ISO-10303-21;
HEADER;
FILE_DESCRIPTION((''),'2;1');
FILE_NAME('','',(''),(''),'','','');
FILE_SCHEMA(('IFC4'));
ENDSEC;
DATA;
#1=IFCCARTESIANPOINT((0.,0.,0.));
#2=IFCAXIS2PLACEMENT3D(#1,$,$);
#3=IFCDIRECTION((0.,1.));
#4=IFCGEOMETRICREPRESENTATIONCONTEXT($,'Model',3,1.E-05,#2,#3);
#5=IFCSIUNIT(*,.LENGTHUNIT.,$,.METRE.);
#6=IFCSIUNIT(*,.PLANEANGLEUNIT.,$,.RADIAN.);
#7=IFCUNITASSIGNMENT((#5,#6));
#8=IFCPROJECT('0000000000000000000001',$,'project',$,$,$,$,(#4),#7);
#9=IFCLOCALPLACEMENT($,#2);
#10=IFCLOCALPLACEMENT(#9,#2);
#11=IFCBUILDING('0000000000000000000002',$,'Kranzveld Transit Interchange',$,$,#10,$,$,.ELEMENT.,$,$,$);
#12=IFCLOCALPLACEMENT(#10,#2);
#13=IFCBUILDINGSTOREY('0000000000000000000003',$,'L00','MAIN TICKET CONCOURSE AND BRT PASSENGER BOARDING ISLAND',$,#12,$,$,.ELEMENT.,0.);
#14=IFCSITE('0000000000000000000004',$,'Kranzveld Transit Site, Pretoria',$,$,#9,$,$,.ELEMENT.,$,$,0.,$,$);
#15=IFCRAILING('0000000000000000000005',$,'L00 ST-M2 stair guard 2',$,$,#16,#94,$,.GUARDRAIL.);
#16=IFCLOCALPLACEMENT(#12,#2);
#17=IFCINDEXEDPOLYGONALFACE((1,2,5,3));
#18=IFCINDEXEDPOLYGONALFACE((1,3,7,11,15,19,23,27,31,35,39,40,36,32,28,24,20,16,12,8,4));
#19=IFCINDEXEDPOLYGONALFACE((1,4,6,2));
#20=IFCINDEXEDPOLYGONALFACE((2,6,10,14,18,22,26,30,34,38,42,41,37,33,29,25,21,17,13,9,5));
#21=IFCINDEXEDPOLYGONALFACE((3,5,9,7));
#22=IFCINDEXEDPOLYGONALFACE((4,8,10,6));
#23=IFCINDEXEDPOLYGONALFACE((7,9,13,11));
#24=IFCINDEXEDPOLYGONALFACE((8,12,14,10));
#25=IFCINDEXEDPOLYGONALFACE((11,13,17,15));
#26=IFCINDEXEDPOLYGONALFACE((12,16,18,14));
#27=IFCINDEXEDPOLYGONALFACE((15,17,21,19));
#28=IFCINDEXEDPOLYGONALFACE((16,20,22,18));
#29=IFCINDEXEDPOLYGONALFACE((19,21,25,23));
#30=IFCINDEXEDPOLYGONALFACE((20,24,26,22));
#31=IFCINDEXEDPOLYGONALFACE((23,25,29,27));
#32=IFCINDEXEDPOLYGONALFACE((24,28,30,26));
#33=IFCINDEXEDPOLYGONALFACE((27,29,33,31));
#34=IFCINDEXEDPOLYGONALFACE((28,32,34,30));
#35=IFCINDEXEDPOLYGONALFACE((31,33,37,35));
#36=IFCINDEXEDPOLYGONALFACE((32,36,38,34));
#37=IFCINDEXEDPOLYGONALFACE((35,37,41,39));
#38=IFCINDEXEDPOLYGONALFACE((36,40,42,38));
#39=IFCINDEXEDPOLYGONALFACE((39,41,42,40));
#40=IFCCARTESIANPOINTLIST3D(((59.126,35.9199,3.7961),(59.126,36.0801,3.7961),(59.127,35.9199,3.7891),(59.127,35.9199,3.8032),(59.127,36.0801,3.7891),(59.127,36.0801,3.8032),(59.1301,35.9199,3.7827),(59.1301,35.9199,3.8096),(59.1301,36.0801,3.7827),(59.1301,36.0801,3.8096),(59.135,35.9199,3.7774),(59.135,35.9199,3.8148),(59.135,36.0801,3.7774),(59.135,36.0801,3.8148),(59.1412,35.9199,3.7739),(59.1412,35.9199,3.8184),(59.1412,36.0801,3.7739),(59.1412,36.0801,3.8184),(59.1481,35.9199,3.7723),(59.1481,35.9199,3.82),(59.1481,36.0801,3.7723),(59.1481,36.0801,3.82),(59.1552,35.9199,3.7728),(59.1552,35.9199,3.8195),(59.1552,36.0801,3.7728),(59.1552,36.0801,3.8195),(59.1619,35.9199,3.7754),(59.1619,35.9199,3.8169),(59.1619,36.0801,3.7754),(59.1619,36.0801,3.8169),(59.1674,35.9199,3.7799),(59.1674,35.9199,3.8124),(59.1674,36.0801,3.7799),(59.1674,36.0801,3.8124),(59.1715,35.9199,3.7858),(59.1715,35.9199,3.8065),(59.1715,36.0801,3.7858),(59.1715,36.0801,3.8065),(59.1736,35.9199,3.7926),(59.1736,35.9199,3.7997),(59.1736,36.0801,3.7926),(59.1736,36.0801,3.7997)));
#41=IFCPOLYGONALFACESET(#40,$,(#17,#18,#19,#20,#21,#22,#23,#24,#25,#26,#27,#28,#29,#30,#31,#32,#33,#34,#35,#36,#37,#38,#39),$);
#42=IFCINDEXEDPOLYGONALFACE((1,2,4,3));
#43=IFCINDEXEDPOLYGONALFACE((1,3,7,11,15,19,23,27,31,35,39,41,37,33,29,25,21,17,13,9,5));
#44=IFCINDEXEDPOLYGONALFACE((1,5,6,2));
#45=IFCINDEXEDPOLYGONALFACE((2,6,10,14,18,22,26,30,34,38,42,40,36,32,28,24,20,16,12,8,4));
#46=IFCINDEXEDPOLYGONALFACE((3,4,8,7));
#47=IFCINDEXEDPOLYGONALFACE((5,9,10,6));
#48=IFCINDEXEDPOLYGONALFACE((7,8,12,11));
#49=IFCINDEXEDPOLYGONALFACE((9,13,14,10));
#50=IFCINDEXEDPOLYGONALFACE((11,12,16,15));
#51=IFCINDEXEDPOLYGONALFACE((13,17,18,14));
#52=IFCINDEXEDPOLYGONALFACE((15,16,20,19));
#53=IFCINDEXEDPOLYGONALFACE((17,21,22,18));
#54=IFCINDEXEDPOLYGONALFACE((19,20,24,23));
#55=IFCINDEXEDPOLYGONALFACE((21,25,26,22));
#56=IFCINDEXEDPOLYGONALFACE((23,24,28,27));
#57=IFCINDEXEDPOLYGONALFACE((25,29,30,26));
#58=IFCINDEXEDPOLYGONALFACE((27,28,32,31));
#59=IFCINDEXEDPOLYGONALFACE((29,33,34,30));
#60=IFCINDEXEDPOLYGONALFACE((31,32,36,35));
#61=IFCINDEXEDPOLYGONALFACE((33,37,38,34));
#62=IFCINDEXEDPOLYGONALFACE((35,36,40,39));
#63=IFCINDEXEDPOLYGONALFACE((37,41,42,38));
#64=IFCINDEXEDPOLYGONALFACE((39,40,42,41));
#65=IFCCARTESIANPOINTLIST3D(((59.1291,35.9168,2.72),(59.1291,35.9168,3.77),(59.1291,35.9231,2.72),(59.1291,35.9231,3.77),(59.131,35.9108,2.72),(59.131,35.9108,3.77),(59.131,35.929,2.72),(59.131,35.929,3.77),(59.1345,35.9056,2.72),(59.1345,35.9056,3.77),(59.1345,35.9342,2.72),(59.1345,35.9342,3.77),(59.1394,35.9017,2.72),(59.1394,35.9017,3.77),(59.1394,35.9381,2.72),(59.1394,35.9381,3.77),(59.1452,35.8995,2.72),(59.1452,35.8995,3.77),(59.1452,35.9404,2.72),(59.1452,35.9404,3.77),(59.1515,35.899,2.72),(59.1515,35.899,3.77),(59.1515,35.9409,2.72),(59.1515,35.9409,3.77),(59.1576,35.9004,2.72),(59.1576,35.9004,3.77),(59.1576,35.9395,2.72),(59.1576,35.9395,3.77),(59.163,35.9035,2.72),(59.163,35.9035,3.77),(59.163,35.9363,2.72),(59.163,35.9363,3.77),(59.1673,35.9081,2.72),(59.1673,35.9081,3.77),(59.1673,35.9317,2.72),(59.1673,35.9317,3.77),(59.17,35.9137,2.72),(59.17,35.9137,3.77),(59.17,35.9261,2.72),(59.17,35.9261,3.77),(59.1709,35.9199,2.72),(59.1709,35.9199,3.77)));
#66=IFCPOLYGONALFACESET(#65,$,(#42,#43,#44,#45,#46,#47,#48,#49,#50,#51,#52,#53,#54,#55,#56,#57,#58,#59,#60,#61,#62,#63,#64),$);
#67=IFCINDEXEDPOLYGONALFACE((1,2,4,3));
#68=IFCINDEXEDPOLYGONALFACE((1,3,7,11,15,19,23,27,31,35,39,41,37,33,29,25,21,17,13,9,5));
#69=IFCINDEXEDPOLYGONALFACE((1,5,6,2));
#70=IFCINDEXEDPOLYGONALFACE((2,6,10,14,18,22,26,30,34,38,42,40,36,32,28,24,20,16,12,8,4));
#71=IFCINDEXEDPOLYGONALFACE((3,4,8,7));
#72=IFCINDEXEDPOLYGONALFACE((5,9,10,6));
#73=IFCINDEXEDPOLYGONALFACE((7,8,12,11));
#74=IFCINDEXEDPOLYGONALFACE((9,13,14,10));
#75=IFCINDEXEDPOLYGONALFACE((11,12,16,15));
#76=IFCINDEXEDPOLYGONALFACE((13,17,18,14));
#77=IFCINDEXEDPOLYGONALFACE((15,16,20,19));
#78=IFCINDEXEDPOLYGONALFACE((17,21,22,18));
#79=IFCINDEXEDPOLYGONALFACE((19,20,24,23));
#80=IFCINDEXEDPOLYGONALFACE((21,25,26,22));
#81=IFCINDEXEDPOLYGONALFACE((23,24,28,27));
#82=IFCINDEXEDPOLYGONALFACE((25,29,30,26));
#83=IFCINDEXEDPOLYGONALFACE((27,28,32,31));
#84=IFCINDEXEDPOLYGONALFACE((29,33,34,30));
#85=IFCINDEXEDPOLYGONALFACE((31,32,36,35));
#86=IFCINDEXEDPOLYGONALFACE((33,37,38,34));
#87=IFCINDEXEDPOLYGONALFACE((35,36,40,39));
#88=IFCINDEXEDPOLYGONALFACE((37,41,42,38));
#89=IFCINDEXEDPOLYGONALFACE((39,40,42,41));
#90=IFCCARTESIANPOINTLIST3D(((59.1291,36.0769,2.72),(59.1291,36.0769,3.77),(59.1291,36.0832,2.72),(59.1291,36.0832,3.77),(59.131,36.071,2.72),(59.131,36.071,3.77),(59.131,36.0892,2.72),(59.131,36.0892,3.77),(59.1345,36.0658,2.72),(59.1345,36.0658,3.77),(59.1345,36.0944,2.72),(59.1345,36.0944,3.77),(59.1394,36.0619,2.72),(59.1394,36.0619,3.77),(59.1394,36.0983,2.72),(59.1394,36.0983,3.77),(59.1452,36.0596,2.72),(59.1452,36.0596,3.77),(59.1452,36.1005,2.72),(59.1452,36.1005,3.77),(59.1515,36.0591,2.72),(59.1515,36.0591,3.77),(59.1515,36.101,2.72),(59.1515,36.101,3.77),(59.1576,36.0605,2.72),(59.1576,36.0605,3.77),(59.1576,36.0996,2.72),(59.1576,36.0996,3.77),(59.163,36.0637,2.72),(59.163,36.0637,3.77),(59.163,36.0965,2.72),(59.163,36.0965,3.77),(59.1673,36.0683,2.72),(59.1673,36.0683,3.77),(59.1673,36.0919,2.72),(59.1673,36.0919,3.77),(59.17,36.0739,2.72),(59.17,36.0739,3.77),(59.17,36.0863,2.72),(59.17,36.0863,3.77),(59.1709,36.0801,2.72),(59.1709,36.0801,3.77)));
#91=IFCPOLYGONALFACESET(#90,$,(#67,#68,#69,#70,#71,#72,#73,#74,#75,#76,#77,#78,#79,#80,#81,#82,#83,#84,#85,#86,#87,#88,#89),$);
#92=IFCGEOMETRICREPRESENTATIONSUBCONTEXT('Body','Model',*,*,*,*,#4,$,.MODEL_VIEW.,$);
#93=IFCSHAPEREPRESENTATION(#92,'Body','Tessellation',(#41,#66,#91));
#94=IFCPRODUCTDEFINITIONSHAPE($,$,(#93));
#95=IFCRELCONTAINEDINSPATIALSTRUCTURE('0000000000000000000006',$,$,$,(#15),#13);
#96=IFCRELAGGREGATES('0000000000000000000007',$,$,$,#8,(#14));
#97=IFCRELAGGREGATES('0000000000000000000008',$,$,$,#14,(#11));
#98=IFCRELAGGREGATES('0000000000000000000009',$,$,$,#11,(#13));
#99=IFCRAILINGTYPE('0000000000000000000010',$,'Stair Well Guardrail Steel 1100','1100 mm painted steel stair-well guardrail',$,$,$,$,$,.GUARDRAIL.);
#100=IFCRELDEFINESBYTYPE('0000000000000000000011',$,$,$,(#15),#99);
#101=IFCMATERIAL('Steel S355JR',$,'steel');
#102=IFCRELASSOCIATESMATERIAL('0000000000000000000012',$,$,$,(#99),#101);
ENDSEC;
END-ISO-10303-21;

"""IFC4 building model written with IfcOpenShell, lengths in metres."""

from ifc_helpers import new_model, si_unit, direction, frame, origin, origin_2d, place, context, subcontext, project, spatial, circle, extrude, material, type_object, element, save


model = new_model("IFC4")

# Units and contexts
model_context = context("Model", 3, precision=1e-05, world=origin(), true_north=direction((0.0, 1.0)))
body_context = subcontext(model_context, "Body", "Model", "MODEL_VIEW")
ifc_project = project(units=[si_unit("LENGTHUNIT", "METRE"), si_unit("PLANEANGLEUNIT", "RADIAN")], contexts=[model_context])

# Site, building, storey
site_placement = place(None, origin())
site = spatial("IfcSite", under=ifc_project, at=site_placement, Name="Kranzveld Transit Site, Pretoria", CompositionType="ELEMENT", RefElevation=0.0)
building_placement = place(site_placement, origin())
building = spatial("IfcBuilding", under=site, at=building_placement, Name="Kranzveld Transit Interchange", CompositionType="ELEMENT")
storey_placement = place(building_placement, origin())
storey = spatial("IfcBuildingStorey", under=building, at=storey_placement, Name="L00", Description="MAIN TICKET CONCOURSE AND BRT PASSENGER BOARDING ISLAND", CompositionType="ELEMENT", Elevation=0.0)

# Railing
ifc_material_1 = material(Name="Steel S355JR", Category="steel")
railing_type_1 = type_object("IfcRailingType", Name="Stair Well Guardrail Steel 1100", Description="1100 mm painted steel stair-well guardrail", PredefinedType="GUARDRAIL", material=ifc_material_1)
railing_1_placement = place(storey_placement, frame((59.1499, 35.9199, 2.72)))
element("IfcRailing", 1, at=railing_1_placement, inside=storey, type_object=railing_type_1, Name="L00 ST-M2 stair guard 2", PredefinedType="GUARDRAIL", context=body_context, shape_type="SweptSolid", body=[
    extrude(circle(Radius=0.0239, at=origin_2d()), frame((0.0, 0.0, 1.0762), z_axis=(0.0, 1.0, 0.0), x_axis=(-1.0, 0.0, 0.0)), (0.0, 0.0, 1.0), 0.1602),
    extrude(circle(Radius=0.021, at=origin_2d()), origin(), (0.0, 0.0, 1.0), 1.05),
    extrude(circle(Radius=0.021, at=origin_2d()), frame((0.0, 0.1602, 0.0)), (0.0, 0.0, 1.0), 1.05),
])

save(model, "model.ifc")
